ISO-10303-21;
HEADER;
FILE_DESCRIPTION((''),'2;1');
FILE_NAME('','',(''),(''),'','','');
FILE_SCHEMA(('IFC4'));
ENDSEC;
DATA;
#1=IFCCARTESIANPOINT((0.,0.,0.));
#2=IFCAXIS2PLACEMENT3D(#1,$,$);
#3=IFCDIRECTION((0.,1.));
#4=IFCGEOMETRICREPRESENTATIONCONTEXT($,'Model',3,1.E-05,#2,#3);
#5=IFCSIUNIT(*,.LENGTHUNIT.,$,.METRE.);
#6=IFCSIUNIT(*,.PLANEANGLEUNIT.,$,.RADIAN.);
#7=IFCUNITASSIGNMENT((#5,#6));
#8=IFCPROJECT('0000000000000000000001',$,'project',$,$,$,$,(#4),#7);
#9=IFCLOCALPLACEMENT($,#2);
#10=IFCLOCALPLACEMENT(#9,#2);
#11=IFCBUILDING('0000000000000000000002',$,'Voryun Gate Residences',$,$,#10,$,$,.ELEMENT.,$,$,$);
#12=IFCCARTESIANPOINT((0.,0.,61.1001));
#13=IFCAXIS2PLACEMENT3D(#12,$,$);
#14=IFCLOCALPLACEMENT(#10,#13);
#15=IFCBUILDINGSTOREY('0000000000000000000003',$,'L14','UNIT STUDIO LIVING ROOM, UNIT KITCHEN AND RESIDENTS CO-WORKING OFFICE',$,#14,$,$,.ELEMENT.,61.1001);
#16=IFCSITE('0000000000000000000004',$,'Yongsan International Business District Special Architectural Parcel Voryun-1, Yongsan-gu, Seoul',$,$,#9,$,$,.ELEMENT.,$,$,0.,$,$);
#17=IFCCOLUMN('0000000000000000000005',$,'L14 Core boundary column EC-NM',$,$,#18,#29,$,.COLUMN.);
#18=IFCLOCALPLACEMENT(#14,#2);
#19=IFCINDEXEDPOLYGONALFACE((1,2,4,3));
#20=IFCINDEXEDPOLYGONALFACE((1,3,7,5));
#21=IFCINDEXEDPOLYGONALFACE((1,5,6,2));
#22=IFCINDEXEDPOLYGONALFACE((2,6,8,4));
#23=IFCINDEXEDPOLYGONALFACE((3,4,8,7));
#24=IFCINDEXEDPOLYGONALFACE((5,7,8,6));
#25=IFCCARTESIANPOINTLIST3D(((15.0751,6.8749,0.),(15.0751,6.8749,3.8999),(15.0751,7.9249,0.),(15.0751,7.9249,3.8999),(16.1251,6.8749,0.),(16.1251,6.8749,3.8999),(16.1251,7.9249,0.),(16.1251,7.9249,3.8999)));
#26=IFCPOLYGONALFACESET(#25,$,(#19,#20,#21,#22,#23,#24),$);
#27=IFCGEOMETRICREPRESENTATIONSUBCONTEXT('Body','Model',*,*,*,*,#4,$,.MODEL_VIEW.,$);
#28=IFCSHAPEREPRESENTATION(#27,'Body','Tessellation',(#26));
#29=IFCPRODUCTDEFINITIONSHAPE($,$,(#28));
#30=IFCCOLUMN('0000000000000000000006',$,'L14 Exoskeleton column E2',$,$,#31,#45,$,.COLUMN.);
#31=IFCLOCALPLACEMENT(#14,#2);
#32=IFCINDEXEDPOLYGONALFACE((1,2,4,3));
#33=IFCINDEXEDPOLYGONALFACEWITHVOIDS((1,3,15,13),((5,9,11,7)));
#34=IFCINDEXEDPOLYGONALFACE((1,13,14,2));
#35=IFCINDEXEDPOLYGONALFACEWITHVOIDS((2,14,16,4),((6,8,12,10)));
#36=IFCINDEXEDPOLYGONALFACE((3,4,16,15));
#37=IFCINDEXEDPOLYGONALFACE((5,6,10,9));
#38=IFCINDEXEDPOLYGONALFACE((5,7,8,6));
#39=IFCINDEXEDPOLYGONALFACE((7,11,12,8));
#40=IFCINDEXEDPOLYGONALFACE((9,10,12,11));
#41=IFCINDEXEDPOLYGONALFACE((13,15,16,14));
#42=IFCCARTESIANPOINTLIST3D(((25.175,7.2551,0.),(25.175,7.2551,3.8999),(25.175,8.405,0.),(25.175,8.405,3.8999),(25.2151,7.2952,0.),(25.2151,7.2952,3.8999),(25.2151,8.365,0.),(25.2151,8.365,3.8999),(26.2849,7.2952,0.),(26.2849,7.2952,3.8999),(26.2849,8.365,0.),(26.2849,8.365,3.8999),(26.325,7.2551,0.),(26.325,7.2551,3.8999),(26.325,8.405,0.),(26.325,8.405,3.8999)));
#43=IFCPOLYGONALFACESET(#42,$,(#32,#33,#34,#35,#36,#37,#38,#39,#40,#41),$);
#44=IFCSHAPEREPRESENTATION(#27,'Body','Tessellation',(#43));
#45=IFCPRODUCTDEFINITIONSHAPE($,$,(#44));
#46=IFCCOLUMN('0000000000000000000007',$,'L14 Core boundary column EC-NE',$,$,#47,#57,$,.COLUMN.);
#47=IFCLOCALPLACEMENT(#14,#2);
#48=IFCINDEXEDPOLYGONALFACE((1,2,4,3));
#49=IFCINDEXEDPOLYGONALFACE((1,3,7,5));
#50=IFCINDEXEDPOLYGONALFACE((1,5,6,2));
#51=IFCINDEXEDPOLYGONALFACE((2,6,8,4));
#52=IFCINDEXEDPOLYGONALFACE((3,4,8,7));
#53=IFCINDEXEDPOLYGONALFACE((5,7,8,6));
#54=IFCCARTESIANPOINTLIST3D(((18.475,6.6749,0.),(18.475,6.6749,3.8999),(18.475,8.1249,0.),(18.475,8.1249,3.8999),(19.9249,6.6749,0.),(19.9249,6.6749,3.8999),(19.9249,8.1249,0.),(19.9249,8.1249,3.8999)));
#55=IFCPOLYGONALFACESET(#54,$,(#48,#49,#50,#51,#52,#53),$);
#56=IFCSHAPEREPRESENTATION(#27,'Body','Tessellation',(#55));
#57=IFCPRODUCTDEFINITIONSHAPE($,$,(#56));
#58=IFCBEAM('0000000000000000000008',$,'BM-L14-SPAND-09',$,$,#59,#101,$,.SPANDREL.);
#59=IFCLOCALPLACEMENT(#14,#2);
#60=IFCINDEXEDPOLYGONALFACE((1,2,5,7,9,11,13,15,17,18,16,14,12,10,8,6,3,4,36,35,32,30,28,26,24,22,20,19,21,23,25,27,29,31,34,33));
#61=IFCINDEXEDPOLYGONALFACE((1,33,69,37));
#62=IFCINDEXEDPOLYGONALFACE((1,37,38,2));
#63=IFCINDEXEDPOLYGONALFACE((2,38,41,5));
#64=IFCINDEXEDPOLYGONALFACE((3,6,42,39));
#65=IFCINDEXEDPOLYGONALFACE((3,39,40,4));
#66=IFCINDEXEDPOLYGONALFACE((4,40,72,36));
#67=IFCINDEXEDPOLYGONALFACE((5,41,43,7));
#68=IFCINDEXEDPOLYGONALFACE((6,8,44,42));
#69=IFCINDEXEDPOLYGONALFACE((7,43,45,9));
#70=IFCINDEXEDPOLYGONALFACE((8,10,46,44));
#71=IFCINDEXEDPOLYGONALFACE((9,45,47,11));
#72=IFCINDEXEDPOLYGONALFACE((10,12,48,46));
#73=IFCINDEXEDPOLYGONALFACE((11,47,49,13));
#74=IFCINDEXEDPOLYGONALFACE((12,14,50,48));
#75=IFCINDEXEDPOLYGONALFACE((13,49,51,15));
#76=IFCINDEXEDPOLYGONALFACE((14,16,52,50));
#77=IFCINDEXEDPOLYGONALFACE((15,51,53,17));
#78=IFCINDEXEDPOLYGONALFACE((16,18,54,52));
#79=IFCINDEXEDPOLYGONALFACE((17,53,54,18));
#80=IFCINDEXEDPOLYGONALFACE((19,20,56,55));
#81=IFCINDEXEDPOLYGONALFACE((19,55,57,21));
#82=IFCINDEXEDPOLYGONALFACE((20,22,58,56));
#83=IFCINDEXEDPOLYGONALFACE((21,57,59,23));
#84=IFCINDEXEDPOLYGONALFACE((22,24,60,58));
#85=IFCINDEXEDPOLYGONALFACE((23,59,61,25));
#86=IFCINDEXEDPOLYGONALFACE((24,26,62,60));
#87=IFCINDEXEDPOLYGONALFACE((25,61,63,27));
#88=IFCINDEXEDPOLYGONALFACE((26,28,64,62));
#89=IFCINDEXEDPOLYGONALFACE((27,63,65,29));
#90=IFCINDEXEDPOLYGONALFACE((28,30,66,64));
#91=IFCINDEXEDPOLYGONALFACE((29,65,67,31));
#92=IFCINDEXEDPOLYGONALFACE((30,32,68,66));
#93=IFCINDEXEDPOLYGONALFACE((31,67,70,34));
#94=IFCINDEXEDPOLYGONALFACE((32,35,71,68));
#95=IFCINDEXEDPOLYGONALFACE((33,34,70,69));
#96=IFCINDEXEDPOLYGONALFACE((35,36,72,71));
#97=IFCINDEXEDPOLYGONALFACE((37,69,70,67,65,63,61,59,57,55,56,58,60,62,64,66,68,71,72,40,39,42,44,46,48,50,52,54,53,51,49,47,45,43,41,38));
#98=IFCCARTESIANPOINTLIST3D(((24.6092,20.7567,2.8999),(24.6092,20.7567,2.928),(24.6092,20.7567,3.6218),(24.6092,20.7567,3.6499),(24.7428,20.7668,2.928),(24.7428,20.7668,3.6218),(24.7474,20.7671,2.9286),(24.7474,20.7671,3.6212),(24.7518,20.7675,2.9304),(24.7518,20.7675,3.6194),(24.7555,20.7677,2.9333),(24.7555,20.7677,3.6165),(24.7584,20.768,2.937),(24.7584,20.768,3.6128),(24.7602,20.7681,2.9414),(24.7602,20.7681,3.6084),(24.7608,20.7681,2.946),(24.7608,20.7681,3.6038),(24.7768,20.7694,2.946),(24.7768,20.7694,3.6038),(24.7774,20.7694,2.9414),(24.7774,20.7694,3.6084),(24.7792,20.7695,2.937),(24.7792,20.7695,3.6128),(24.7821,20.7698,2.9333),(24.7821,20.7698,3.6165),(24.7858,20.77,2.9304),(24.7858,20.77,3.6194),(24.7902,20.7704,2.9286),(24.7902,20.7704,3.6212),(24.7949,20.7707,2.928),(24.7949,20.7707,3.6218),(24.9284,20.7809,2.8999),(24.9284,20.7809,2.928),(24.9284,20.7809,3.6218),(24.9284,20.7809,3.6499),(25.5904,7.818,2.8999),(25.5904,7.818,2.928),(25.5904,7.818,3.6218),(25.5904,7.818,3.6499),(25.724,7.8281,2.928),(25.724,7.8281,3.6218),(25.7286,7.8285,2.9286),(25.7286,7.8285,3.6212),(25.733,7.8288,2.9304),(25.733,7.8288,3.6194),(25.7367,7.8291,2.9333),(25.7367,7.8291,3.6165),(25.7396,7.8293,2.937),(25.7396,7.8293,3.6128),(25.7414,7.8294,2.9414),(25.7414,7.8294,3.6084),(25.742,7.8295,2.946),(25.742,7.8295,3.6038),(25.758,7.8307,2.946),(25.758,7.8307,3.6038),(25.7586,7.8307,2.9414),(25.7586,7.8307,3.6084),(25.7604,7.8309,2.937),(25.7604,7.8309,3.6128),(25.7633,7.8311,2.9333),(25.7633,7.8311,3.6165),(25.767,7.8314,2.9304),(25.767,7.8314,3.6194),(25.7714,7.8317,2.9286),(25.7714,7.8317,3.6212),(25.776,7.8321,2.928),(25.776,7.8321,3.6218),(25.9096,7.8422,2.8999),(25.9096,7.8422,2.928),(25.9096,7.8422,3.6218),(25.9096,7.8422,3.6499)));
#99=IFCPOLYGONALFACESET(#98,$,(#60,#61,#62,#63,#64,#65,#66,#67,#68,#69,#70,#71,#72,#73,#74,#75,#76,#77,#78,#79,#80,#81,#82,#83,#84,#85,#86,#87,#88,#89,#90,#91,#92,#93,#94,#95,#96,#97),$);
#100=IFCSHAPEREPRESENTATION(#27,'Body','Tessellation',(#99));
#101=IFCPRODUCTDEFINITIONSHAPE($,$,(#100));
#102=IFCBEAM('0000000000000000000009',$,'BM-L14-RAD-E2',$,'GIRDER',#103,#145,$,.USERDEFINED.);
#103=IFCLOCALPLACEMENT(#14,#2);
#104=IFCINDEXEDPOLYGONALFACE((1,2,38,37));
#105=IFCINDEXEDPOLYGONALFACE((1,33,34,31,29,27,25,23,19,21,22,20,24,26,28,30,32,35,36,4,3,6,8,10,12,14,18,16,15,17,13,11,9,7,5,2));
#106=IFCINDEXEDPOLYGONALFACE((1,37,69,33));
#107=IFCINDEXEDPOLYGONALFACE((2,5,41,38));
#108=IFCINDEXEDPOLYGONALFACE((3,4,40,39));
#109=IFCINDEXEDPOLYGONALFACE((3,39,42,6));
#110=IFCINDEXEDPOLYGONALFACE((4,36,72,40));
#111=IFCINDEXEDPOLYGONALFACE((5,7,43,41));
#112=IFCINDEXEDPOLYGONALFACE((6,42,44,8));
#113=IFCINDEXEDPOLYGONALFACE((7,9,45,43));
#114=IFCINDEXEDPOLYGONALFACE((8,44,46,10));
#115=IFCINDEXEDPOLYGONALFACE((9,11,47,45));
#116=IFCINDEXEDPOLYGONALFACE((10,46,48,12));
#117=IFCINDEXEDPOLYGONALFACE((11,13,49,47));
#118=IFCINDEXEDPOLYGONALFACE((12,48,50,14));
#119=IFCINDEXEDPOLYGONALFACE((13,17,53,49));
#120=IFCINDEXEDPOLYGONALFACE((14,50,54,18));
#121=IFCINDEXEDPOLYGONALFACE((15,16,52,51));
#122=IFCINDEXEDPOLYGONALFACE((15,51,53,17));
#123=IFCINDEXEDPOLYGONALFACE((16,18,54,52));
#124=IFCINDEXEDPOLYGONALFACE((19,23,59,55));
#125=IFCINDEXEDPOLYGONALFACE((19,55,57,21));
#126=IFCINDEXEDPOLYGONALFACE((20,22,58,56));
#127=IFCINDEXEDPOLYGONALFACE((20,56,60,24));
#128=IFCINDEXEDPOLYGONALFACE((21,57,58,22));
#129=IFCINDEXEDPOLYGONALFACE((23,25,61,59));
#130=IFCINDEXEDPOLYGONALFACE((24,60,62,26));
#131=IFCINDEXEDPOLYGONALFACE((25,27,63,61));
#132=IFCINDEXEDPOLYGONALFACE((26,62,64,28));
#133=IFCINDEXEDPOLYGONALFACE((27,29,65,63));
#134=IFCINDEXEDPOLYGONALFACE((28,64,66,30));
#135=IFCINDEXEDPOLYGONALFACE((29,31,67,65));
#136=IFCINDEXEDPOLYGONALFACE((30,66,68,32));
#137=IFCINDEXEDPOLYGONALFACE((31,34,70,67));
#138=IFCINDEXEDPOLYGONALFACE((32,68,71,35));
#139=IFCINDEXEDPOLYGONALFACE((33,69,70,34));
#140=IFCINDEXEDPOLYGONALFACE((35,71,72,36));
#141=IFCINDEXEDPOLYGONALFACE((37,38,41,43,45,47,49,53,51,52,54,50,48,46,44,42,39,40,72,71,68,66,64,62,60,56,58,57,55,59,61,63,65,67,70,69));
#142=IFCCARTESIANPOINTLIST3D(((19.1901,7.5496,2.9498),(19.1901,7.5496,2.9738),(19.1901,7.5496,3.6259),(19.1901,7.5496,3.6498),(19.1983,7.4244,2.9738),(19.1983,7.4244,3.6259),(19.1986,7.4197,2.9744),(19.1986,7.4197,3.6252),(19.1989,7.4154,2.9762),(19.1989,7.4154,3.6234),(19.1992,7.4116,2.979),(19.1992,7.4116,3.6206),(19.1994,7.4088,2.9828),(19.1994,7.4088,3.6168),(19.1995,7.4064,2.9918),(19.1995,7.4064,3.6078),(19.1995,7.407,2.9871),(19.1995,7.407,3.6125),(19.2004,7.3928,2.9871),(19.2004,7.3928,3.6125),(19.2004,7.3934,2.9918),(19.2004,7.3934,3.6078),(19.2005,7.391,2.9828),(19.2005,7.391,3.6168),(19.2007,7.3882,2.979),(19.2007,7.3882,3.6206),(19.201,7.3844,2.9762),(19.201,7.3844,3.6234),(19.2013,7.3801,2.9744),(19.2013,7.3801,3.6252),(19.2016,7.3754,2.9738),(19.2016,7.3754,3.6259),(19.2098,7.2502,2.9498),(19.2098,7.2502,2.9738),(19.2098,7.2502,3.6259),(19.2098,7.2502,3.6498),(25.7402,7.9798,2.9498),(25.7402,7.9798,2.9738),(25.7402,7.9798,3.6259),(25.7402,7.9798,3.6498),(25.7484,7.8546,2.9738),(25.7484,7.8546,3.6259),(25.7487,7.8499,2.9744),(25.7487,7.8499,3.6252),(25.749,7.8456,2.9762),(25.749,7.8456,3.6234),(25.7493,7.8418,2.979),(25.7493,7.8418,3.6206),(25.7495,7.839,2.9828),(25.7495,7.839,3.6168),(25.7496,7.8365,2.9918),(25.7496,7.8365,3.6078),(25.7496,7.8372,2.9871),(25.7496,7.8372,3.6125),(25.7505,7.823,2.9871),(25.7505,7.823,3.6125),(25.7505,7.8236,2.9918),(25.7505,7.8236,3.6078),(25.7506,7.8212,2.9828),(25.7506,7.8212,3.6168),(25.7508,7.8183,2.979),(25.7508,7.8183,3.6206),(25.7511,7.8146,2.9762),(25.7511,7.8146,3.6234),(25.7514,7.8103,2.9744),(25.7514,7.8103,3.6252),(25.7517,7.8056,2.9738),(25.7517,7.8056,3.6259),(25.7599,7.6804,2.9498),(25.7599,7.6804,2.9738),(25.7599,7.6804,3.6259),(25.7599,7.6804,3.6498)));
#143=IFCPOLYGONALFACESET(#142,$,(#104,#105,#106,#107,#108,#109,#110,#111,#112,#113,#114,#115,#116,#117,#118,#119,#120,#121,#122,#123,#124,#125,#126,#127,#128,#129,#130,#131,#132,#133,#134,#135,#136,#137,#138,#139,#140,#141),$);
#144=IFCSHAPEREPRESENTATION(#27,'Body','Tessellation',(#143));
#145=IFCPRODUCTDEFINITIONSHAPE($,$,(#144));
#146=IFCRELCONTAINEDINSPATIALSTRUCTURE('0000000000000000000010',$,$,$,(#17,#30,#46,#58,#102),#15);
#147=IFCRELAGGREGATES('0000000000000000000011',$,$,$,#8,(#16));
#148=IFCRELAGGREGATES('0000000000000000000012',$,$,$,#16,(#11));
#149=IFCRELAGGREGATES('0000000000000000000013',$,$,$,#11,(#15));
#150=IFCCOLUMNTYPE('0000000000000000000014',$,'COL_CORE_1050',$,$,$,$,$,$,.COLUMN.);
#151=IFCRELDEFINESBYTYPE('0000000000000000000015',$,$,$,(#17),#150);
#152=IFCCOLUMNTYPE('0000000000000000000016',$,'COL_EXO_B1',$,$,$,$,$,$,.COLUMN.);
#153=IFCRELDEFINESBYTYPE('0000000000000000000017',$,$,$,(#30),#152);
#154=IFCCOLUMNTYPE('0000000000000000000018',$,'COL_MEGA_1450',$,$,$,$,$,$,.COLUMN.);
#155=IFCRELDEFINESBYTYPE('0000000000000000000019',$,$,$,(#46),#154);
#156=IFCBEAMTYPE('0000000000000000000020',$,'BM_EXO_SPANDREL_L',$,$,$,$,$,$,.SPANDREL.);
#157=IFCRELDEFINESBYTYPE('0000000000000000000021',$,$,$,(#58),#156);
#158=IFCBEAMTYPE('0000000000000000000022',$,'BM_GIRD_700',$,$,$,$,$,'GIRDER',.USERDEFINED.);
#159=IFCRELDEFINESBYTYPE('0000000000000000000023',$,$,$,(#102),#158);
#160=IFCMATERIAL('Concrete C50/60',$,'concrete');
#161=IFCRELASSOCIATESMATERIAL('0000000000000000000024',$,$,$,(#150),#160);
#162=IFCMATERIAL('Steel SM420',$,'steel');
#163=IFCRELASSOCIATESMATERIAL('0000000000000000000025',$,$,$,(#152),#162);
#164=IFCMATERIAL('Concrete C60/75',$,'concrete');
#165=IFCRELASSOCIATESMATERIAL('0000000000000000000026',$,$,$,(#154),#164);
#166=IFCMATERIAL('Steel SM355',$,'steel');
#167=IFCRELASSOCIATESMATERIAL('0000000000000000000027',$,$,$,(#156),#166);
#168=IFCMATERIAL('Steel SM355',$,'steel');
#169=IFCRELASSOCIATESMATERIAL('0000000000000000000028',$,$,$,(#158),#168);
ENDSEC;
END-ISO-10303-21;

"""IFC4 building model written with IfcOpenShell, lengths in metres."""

from ifc_helpers import new_model, si_unit, direction, frame, origin, origin_2d, place, context, subcontext, project, spatial, rectangle, hollow_rectangle, i_section, extrude, material, material_profile, profile_set, type_object, element, save


model = new_model("IFC4")

# Units and contexts
model_context = context("Model", 3, precision=1e-05, world=origin(), true_north=direction((0.0, 1.0)))
body_context = subcontext(model_context, "Body", "Model", "MODEL_VIEW")
ifc_project = project(units=[si_unit("LENGTHUNIT", "METRE"), si_unit("PLANEANGLEUNIT", "RADIAN")], contexts=[model_context])

# Site, building, storey
site_placement = place(None, origin())
site = spatial("IfcSite", under=ifc_project, at=site_placement, Name="Yongsan International Business District Special Architectural Parcel Voryun-1, Yongsan-gu, Seoul", CompositionType="ELEMENT", RefElevation=0.0)
building_placement = place(site_placement, origin())
building = spatial("IfcBuilding", under=site, at=building_placement, Name="Voryun Gate Residences", CompositionType="ELEMENT")
storey_placement = place(building_placement, frame((0.0, 0.0, 61.1001)))
storey = spatial("IfcBuildingStorey", under=building, at=storey_placement, Name="L14", Description="UNIT STUDIO LIVING ROOM, UNIT KITCHEN AND RESIDENTS CO-WORKING OFFICE", CompositionType="ELEMENT", Elevation=61.1001)

# Columns
ifc_material_1 = material(Name="Concrete C50/60", Category="concrete")
ifc_material_profile_1 = material_profile(ifc_material_1, rectangle(XDim=1.05, YDim=1.05, at=origin_2d()), Name="RC-1050x1050")
ifc_profile_set_1 = profile_set([ifc_material_profile_1], Name="Concrete C50/60")
column_type_1 = type_object("IfcColumnType", Name="COL_CORE_1050", PredefinedType="COLUMN", material=ifc_profile_set_1)
column_1_placement = place(storey_placement, frame((15.6001, 7.3999, 0.0), z_axis=(0.0, 0.0, 1.0), x_axis=(1.0, 0.0, 0.0)))
element("IfcColumn", 1, at=column_1_placement, inside=storey, type_object=column_type_1, Name="L14 Core boundary column EC-NM", PredefinedType="COLUMN", context=body_context, shape_type="SweptSolid", body=[
    extrude(rectangle(XDim=1.05, YDim=1.05, at=origin_2d()), origin(), (0.0, 0.0, 1.0), 3.8999),
])
ifc_material_2 = material(Name="Steel SM420", Category="steel")
ifc_material_profile_2 = material_profile(ifc_material_2, hollow_rectangle(XDim=1.1499, YDim=1.1499, WallThickness=0.04, at=origin_2d()), Name="BOX-1150x1150x40")
ifc_profile_set_2 = profile_set([ifc_material_profile_2], Name="Steel SM420")
column_type_2 = type_object("IfcColumnType", Name="COL_EXO_B1", PredefinedType="COLUMN", material=ifc_profile_set_2)
column_2_placement = place(storey_placement, frame((25.75, 7.8301, 0.0), z_axis=(0.0, 0.0, 1.0), x_axis=(1.0, 0.0, 0.0)))
element("IfcColumn", 2, at=column_2_placement, inside=storey, type_object=column_type_2, Name="L14 Exoskeleton column E2", PredefinedType="COLUMN", context=body_context, shape_type="SweptSolid", body=[
    extrude(hollow_rectangle(XDim=1.1499, YDim=1.1499, WallThickness=0.04, at=origin_2d()), origin(), (0.0, 0.0, 1.0), 3.8999),
])
ifc_material_3 = material(Name="Concrete C60/75", Category="concrete")
ifc_material_profile_3 = material_profile(ifc_material_3, rectangle(XDim=1.45, YDim=1.45, at=origin_2d()), Name="RC-1450x1450")
ifc_profile_set_3 = profile_set([ifc_material_profile_3], Name="Concrete C60/75")
column_type_3 = type_object("IfcColumnType", Name="COL_MEGA_1450", PredefinedType="COLUMN", material=ifc_profile_set_3)
column_3_placement = place(storey_placement, frame((19.2, 7.3999, 0.0), z_axis=(0.0, 0.0, 1.0), x_axis=(1.0, 0.0, 0.0)))
element("IfcColumn", 3, at=column_3_placement, inside=storey, type_object=column_type_3, Name="L14 Core boundary column EC-NE", PredefinedType="COLUMN", context=body_context, shape_type="SweptSolid", body=[
    extrude(rectangle(XDim=1.45, YDim=1.45, at=origin_2d()), origin(), (0.0, 0.0, 1.0), 3.8999),
])

# Beams
ifc_material_4 = material(Name="Steel SM355", Category="steel")
ifc_material_profile_4 = material_profile(ifc_material_4, i_section(OverallWidth=0.3201, OverallDepth=0.75, WebThickness=0.0161, FlangeThickness=0.0281, FilletRadius=0.0181, at=origin_2d()), Name="H-750x320x16x28")
ifc_profile_set_4 = profile_set([ifc_material_profile_4], Name="Steel SM355")
beam_type_1 = type_object("IfcBeamType", Name="BM_EXO_SPANDREL_L", PredefinedType="SPANDREL", material=ifc_profile_set_4)
beam_1_placement = place(storey_placement, frame((25.75, 7.8301, 3.2749), z_axis=(-0.075617, 0.997137, 0.0), x_axis=(-0.997137, -0.075617, 0.0)))
element("IfcBeam", 4, at=beam_1_placement, inside=storey, type_object=beam_type_1, Name="BM-L14-SPAND-09", PredefinedType="SPANDREL", context=body_context, shape_type="SweptSolid", body=[
    extrude(i_section(OverallWidth=0.3201, OverallDepth=0.75, WebThickness=0.0161, FlangeThickness=0.0281, FilletRadius=0.0181, at=origin_2d()), origin(), (0.0, 0.0, 1.0), 12.9758),
])
ifc_material_5 = material(Name="Steel SM355", Category="steel")
ifc_material_profile_5 = material_profile(ifc_material_5, i_section(OverallWidth=0.3, OverallDepth=0.7, WebThickness=0.0129, FlangeThickness=0.0239, FilletRadius=0.0181, at=origin_2d()), Name="H-700x300x13x24")
ifc_profile_set_5 = profile_set([ifc_material_profile_5], Name="Steel SM355")
beam_type_2 = type_object("IfcBeamType", Name="BM_GIRD_700", ElementType="GIRDER", PredefinedType="USERDEFINED", material=ifc_profile_set_5)
beam_2_placement = place(storey_placement, frame((19.2, 7.3999, 3.2998), z_axis=(0.99785, 0.065534, 0.0), x_axis=(-0.065534, 0.99785, 0.0)))
element("IfcBeam", 5, at=beam_2_placement, inside=storey, type_object=beam_type_2, Name="BM-L14-RAD-E2", ObjectType="GIRDER", PredefinedType="USERDEFINED", context=body_context, shape_type="SweptSolid", body=[
    extrude(i_section(OverallWidth=0.3, OverallDepth=0.7, WebThickness=0.0129, FlangeThickness=0.0239, FilletRadius=0.0181, at=origin_2d()), origin(), (0.0, 0.0, 1.0), 6.5642),
])

save(model, "model.ifc")
